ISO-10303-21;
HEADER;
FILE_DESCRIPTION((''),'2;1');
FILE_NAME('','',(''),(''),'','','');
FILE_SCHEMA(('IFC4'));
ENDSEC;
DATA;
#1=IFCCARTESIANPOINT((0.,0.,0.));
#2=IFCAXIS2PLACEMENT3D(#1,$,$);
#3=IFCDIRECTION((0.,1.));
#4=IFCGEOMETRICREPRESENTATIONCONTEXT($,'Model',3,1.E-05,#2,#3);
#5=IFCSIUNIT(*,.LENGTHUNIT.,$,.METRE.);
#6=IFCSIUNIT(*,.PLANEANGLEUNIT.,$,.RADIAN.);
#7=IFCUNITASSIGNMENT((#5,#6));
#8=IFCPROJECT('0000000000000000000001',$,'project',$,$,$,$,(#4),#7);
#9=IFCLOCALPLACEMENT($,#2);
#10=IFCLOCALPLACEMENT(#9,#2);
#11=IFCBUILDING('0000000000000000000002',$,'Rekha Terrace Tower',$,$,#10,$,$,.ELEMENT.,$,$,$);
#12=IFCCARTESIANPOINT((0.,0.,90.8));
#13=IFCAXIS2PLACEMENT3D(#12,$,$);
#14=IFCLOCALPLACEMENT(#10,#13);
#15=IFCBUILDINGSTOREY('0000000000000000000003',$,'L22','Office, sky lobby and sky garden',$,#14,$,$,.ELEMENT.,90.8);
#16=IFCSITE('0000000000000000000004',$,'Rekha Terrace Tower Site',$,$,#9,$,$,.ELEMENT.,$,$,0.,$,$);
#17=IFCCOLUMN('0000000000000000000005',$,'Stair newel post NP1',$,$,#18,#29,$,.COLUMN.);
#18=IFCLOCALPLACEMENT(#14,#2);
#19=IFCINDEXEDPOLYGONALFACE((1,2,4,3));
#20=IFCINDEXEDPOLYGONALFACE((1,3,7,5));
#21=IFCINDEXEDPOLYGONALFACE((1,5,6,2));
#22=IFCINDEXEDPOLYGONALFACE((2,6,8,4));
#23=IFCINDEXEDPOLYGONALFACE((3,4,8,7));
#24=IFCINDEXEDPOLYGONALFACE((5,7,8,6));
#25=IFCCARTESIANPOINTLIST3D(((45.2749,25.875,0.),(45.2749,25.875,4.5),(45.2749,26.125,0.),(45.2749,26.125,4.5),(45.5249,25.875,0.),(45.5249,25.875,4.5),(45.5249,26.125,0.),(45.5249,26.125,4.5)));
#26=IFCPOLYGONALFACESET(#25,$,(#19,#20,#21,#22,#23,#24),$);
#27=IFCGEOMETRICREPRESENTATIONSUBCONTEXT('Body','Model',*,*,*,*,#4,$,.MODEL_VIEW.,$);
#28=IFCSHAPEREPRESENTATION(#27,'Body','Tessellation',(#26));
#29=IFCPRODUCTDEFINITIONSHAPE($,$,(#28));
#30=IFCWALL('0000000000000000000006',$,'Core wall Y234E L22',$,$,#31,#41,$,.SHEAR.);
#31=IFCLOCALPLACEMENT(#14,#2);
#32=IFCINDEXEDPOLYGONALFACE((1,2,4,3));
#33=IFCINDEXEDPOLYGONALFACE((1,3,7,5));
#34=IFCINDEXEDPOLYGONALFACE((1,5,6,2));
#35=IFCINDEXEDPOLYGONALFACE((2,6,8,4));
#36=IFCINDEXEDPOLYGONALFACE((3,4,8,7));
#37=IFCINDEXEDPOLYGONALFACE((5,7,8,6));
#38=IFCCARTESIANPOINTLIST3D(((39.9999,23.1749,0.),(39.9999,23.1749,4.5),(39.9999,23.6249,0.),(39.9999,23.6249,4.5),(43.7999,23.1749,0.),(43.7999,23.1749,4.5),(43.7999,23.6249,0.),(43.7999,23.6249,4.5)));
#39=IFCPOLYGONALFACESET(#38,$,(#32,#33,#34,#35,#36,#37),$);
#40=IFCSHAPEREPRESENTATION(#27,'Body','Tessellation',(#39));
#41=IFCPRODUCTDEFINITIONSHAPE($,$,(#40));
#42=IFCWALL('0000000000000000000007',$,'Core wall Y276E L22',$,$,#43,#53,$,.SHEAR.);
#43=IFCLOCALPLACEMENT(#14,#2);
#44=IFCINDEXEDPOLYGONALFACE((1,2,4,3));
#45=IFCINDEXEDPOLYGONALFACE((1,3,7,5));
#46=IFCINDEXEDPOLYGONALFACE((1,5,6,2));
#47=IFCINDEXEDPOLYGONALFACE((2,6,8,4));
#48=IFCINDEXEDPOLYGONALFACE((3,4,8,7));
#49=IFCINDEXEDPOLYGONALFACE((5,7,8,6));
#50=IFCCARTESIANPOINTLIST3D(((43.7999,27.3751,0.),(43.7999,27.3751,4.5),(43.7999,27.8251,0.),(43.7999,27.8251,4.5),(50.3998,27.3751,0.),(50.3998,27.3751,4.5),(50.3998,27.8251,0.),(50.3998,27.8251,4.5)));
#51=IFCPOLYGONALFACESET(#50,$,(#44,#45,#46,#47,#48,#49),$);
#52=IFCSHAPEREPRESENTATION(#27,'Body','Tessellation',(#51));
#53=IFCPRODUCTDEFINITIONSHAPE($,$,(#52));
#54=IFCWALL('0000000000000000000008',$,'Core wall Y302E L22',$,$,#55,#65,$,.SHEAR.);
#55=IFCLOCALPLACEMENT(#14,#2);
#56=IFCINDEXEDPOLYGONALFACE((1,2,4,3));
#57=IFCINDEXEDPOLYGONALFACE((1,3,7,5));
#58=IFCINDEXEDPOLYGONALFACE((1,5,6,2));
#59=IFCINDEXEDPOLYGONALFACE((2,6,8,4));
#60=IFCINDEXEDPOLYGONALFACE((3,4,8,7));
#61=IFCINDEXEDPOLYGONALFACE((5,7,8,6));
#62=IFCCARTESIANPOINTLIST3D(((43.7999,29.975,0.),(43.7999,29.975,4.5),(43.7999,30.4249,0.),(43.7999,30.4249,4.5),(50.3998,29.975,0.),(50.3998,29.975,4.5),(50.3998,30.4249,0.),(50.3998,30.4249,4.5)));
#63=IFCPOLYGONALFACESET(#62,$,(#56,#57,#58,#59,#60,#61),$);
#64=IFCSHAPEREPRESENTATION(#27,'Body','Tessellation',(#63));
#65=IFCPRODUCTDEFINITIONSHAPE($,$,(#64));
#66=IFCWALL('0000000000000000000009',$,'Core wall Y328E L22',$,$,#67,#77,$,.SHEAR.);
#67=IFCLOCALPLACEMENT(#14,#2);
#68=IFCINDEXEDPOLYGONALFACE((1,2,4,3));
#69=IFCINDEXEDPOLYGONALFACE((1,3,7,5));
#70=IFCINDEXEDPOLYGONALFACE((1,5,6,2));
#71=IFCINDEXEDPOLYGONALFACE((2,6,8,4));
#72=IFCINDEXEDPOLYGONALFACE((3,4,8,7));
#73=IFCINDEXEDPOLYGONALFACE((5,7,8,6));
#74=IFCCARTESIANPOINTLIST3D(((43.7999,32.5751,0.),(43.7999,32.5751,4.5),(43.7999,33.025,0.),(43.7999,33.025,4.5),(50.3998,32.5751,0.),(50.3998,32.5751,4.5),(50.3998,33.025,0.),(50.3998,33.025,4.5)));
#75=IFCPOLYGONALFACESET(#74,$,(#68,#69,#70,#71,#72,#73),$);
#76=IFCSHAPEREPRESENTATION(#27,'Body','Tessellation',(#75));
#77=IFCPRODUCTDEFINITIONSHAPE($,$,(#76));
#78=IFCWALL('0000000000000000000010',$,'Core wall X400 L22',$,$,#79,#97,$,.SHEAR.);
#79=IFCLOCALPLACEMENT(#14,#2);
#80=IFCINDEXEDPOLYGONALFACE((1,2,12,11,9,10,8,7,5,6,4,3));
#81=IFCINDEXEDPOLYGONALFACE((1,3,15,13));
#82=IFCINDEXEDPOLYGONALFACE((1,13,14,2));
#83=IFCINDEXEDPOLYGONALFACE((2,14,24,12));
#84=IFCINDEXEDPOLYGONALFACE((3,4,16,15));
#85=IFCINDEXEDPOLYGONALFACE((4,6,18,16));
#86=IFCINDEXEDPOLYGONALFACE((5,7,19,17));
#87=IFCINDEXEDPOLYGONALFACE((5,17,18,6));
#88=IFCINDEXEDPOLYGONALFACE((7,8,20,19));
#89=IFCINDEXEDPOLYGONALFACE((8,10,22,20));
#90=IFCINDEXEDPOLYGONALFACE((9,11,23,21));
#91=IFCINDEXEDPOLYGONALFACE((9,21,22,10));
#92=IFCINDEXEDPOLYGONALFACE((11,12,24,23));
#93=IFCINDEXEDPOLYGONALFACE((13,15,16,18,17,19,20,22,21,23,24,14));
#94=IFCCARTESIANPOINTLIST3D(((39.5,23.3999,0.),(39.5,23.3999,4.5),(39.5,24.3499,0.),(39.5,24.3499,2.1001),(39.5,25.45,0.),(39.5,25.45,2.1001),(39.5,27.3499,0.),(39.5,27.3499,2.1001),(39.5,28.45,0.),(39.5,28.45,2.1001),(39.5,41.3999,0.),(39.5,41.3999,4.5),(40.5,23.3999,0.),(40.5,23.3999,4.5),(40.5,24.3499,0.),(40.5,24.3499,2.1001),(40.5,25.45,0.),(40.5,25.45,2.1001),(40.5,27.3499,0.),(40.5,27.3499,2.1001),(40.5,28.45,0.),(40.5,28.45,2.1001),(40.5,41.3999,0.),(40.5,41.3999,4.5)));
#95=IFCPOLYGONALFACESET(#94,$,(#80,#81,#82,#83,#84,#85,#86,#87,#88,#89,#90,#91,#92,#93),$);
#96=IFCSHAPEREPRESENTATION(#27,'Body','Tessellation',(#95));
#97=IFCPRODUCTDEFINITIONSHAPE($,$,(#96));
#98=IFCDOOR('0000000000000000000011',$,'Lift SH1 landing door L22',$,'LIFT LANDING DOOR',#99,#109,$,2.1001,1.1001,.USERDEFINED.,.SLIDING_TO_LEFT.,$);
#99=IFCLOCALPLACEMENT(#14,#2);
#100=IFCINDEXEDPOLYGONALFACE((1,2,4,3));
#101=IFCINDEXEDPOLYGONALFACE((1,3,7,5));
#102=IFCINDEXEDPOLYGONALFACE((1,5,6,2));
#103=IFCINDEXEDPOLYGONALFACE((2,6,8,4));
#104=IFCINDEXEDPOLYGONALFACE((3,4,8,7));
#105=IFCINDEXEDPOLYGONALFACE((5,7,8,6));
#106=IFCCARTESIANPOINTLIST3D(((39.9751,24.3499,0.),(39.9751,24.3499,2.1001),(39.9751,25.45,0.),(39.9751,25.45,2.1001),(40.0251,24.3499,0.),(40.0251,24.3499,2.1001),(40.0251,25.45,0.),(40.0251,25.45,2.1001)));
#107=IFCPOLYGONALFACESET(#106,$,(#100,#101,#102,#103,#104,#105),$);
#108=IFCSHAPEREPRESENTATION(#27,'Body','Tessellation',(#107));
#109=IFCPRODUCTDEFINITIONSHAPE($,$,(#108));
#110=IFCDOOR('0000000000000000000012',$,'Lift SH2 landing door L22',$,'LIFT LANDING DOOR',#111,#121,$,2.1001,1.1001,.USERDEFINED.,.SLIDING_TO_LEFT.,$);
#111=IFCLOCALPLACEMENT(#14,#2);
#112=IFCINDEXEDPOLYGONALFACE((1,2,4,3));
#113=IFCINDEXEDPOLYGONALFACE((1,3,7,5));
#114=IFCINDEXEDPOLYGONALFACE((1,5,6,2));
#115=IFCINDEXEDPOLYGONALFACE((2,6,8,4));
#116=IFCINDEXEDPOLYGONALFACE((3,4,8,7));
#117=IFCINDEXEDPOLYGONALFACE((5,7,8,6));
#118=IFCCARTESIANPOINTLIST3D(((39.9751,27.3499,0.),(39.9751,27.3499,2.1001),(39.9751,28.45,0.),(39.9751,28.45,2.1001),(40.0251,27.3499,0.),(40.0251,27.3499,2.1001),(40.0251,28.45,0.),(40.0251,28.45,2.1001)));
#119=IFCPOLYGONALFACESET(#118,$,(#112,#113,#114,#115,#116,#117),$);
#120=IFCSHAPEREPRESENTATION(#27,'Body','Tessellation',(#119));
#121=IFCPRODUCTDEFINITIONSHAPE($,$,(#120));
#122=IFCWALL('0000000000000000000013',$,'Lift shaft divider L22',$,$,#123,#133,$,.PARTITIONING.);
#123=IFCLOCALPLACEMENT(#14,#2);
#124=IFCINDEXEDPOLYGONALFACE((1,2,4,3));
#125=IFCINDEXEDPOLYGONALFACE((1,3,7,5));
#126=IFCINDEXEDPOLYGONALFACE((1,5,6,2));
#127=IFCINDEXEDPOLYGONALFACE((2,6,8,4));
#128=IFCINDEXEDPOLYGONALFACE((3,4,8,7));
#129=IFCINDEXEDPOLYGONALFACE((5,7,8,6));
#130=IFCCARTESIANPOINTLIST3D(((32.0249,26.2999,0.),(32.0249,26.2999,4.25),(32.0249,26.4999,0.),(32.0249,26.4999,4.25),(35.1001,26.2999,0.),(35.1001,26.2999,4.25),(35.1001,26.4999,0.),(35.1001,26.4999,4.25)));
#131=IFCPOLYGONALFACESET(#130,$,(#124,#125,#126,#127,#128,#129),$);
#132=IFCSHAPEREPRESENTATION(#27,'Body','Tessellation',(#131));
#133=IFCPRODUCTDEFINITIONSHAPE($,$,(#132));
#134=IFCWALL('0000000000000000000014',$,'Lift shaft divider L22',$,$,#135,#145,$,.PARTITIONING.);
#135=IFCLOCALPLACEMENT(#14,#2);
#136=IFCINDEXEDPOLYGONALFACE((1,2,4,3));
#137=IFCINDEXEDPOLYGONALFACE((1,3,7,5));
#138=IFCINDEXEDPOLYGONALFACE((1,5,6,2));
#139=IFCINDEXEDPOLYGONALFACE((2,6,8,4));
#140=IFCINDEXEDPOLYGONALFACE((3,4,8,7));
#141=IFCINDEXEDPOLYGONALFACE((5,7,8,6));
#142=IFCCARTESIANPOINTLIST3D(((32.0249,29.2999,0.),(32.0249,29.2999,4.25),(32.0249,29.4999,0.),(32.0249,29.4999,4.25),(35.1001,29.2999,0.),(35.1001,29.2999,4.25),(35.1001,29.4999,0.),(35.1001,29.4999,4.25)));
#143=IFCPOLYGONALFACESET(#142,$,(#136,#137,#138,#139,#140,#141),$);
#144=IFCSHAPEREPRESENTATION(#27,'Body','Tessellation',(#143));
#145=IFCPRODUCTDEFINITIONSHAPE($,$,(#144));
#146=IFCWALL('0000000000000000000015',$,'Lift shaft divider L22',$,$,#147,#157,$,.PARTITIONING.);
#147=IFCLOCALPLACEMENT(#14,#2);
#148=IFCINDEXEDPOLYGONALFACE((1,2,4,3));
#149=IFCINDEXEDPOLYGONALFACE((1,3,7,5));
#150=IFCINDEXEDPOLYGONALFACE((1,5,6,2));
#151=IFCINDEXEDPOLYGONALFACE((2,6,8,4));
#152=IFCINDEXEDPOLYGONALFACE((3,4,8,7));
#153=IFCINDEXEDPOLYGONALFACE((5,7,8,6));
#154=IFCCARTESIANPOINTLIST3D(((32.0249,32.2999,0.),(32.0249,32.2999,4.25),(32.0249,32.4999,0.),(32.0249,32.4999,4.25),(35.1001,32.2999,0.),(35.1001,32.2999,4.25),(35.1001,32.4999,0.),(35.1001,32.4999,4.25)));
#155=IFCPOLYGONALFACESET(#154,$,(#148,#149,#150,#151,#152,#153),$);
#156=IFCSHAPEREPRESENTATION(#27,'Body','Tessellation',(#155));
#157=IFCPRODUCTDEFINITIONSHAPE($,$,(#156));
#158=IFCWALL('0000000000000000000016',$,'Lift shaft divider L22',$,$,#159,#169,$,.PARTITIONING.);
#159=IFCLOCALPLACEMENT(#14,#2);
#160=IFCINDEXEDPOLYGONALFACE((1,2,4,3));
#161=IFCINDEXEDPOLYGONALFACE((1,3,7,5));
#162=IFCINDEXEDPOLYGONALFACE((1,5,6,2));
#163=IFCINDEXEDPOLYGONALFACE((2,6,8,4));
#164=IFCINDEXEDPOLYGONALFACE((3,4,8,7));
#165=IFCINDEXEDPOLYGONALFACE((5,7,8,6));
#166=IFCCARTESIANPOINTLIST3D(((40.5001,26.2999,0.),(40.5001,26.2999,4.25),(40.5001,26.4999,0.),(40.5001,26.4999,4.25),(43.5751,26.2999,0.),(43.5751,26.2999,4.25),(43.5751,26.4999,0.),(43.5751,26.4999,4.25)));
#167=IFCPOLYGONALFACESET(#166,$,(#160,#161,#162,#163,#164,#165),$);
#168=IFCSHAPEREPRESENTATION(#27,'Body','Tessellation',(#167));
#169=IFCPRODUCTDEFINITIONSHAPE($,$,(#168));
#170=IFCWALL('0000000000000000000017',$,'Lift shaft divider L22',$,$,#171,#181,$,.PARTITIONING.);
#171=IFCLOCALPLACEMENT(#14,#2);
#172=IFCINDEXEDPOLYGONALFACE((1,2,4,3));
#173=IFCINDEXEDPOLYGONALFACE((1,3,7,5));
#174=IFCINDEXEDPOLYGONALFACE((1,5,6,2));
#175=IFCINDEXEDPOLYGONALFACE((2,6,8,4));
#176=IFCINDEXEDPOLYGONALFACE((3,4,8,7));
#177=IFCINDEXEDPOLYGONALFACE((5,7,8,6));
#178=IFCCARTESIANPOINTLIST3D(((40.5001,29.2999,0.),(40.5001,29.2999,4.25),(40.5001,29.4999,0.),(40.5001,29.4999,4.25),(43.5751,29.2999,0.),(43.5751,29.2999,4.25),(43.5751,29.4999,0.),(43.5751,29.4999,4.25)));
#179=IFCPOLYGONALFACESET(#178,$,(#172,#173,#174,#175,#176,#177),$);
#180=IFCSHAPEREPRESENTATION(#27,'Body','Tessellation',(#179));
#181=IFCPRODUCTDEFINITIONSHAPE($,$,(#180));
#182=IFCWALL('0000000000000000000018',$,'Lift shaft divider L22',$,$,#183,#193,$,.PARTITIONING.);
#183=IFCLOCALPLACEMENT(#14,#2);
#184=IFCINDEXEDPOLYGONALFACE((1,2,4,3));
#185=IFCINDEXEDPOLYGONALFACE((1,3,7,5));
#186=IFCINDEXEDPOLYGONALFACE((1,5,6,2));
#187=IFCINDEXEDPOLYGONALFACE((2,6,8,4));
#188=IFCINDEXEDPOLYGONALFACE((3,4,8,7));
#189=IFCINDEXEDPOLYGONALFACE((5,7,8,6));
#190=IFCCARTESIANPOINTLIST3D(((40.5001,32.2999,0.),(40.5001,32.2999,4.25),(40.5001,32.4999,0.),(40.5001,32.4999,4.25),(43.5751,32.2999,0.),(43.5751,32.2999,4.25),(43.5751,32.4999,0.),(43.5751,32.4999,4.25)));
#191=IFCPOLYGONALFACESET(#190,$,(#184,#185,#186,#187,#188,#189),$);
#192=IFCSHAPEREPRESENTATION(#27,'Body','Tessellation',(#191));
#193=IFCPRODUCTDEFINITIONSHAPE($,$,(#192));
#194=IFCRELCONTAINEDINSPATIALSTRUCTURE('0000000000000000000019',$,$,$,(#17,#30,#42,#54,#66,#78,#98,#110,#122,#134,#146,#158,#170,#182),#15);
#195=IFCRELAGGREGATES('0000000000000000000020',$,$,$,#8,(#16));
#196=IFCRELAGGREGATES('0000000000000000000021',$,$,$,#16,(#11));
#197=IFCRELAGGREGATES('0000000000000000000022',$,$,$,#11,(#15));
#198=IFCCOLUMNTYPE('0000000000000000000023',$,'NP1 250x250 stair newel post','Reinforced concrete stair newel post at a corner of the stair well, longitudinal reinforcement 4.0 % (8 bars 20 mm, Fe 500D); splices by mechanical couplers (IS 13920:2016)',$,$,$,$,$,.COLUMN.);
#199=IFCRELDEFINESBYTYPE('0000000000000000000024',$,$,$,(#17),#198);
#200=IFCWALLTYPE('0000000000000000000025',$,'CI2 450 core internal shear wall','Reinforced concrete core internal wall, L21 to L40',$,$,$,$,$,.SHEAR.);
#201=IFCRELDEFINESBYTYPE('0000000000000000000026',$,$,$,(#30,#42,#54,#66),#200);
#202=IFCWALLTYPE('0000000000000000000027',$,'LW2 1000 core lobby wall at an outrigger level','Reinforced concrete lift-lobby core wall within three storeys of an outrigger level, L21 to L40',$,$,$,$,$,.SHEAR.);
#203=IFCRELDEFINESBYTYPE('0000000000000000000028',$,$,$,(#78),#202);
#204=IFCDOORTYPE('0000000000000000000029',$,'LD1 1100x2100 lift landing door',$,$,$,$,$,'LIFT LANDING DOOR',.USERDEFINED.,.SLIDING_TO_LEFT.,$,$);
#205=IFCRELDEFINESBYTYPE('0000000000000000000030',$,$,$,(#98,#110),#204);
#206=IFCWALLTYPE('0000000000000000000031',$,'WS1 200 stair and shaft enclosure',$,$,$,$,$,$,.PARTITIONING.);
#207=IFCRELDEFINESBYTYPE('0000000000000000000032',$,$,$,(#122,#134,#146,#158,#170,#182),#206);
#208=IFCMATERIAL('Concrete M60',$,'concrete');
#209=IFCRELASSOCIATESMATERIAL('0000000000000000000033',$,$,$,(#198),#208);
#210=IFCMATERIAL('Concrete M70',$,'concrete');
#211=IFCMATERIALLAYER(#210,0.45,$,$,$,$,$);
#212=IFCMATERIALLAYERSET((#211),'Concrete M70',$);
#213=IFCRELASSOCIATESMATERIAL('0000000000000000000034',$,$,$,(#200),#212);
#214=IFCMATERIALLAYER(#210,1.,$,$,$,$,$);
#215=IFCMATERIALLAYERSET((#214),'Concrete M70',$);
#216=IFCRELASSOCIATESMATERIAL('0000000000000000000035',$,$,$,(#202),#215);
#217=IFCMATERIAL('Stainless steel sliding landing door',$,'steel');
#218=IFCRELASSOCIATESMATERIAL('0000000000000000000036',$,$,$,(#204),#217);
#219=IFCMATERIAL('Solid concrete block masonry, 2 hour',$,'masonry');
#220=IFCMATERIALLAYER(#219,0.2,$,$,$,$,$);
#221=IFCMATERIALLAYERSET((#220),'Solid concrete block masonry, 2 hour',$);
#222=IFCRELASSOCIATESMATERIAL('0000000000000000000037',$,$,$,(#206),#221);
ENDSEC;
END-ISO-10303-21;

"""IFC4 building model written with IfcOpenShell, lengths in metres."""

from ifc_helpers import new_model, si_unit, direction, frame, frame_2d, origin, origin_2d, place, context, subcontext, project, spatial, rectangle, extrude, material, layer, layer_set, material_profile, profile_set, type_object, element, fill, save


model = new_model("IFC4")

# Units and contexts
model_context = context("Model", 3, precision=1e-05, world=origin(), true_north=direction((0.0, 1.0)))
body_context = subcontext(model_context, "Body", "Model", "MODEL_VIEW")
ifc_project = project(units=[si_unit("LENGTHUNIT", "METRE"), si_unit("PLANEANGLEUNIT", "RADIAN")], contexts=[model_context])

# Site, building, storey
site_placement = place(None, origin())
site = spatial("IfcSite", under=ifc_project, at=site_placement, Name="Rekha Terrace Tower Site", CompositionType="ELEMENT", RefElevation=0.0)
building_placement = place(site_placement, origin())
building = spatial("IfcBuilding", under=site, at=building_placement, Name="Rekha Terrace Tower", CompositionType="ELEMENT")
storey_placement = place(building_placement, frame((0.0, 0.0, 90.8)))
storey = spatial("IfcBuildingStorey", under=building, at=storey_placement, Name="L22", Description="Office, sky lobby and sky garden", CompositionType="ELEMENT", Elevation=90.8)

# Column
ifc_material_1 = material(Name="Concrete M60", Category="concrete")
ifc_material_profile = material_profile(ifc_material_1, rectangle(XDim=0.25, YDim=0.25, at=origin_2d()), Name="RC 250x250")
ifc_profile_set = profile_set([ifc_material_profile], Name="Concrete M60")
column_type = type_object("IfcColumnType", Name="NP1 250x250 stair newel post", Description="Reinforced concrete stair newel post at a corner of the stair well, longitudinal reinforcement 4.0 % (8 bars 20 mm, Fe 500D); splices by mechanical couplers (IS 13920:2016)", PredefinedType="COLUMN", material=ifc_profile_set)
column_placement = place(storey_placement, frame((45.3999, 26.0, 0.0), z_axis=(0.0, 0.0, 1.0), x_axis=(1.0, 0.0, 0.0)))
element("IfcColumn", 1, at=column_placement, inside=storey, type_object=column_type, Name="Stair newel post NP1", PredefinedType="COLUMN", context=body_context, shape_type="SweptSolid", body=[
    extrude(rectangle(XDim=0.25, YDim=0.25, at=origin_2d()), origin(), (0.0, 0.0, 1.0), 4.5),
])

# Walls
ifc_material_2 = material(Name="Concrete M70", Category="concrete")
ifc_layer_1 = layer(ifc_material_2, 0.45)
ifc_layer_set_1 = layer_set([ifc_layer_1], Name="Concrete M70")
wall_type_1 = type_object("IfcWallType", Name="CI2 450 core internal shear wall", Description="Reinforced concrete core internal wall, L21 to L40", PredefinedType="SHEAR", material=ifc_layer_set_1)
wall_1_placement = place(storey_placement, frame((40.0, 23.3999, 0.0), z_axis=(0.0, 0.0, 1.0), x_axis=(1.0, 0.0, 0.0)))
element("IfcWall", 2, at=wall_1_placement, inside=storey, type_object=wall_type_1, Name="Core wall Y234E L22", PredefinedType="SHEAR", context=body_context, shape_type="SweptSolid", body=[
    extrude(rectangle(XDim=3.8, YDim=0.45, at=frame_2d((1.8999, 0.0))), origin(), (0.0, 0.0, 1.0), 4.5),
])
for number, where, z_axis, x_axis, name in (
    (3, (43.8, 27.6001, 0.0), (0.0, 0.0, 1.0), (1.0, 0.0, 0.0), "Core wall Y276E L22"),
    (4, (43.8, 30.2, 0.0), (0.0, 0.0, 1.0), (1.0, 0.0, 0.0), "Core wall Y302E L22"),
    (5, (43.8, 32.8, 0.0), (0.0, 0.0, 1.0), (1.0, 0.0, 0.0), "Core wall Y328E L22"),
):
    element("IfcWall", number, at=place(storey_placement, frame(where, z_axis=z_axis, x_axis=x_axis)), inside=storey, type_object=wall_type_1, Name=name, PredefinedType="SHEAR", context=body_context, shape_type="SweptSolid", body=[
        extrude(rectangle(XDim=6.5999, YDim=0.45, at=frame_2d((3.2998, 0.0))), origin(), (0.0, 0.0, 1.0), 4.5),
    ])

# Wall, openings, doors
ifc_layer_2 = layer(ifc_material_2, 1.0)
ifc_layer_set_2 = layer_set([ifc_layer_2], Name="Concrete M70")
wall_type_2 = type_object("IfcWallType", Name="LW2 1000 core lobby wall at an outrigger level", Description="Reinforced concrete lift-lobby core wall within three storeys of an outrigger level, L21 to L40", PredefinedType="SHEAR", material=ifc_layer_set_2)
wall_2_placement = place(storey_placement, frame((40.0, 23.3999, 0.0), z_axis=(0.0, 0.0, 1.0), x_axis=(0.0, 1.0, 0.0)))
wall_2 = element("IfcWall", 6, at=wall_2_placement, inside=storey, type_object=wall_type_2, Name="Core wall X400 L22", PredefinedType="SHEAR", context=body_context, shape_type="SweptSolid", body=[
    extrude(rectangle(XDim=18.0, YDim=1.0, at=frame_2d((9.0, 0.0))), origin(), (0.0, 0.0, 1.0), 4.5),
])
opening_1_placement = place(wall_2_placement, frame((0.95, 0.0, 0.0)))
opening_1 = element("IfcOpeningElement", 7, at=opening_1_placement, cuts=wall_2, PredefinedType="OPENING", context=body_context, shape_type="SweptSolid", body=[
    extrude(rectangle(XDim=1.1001, YDim=2.1001, at=frame_2d((0.55, 1.05))), frame((0.0, 0.51, 0.0), z_axis=(0.0, -1.0, 0.0), x_axis=(1.0, 0.0, 0.0)), (0.0, 0.0, 1.0), 1.02),
])
opening_2_placement = place(wall_2_placement, frame((3.95, 0.0, 0.0)))
opening_2 = element("IfcOpeningElement", 8, at=opening_2_placement, cuts=wall_2, PredefinedType="OPENING", context=body_context, shape_type="SweptSolid", body=[
    extrude(rectangle(XDim=1.1001, YDim=2.1001, at=frame_2d((0.55, 1.05))), frame((0.0, 0.51, 0.0), z_axis=(0.0, -1.0, 0.0), x_axis=(1.0, 0.0, 0.0)), (0.0, 0.0, 1.0), 1.02),
])
ifc_material_3 = material(Name="Stainless steel sliding landing door", Category="steel")
door_type = type_object("IfcDoorType", Name="LD1 1100x2100 lift landing door", ElementType="LIFT LANDING DOOR", OperationType="SLIDING_TO_LEFT", PredefinedType="USERDEFINED", material=ifc_material_3)
door_1_placement = place(opening_1_placement, origin())
door_1 = element("IfcDoor", 9, at=door_1_placement, inside=storey, type_object=door_type, Name="Lift SH1 landing door L22", ObjectType="LIFT LANDING DOOR", OperationType="SLIDING_TO_LEFT", OverallHeight=2.1001, OverallWidth=1.1001, PredefinedType="USERDEFINED", context=body_context, shape_type="SweptSolid", body=[
    extrude(rectangle(XDim=1.1001, YDim=2.1001, at=frame_2d((0.55, 1.05))), frame((0.0, 0.0249, 0.0), z_axis=(0.0, -1.0, 0.0), x_axis=(1.0, 0.0, 0.0)), (0.0, 0.0, 1.0), 0.05),
])
fill(opening_1, door_1)
door_2_placement = place(opening_2_placement, origin())
door_2 = element("IfcDoor", 10, at=door_2_placement, inside=storey, type_object=door_type, Name="Lift SH2 landing door L22", ObjectType="LIFT LANDING DOOR", OperationType="SLIDING_TO_LEFT", OverallHeight=2.1001, OverallWidth=1.1001, PredefinedType="USERDEFINED", context=body_context, shape_type="SweptSolid", body=[
    extrude(rectangle(XDim=1.1001, YDim=2.1001, at=frame_2d((0.55, 1.05))), frame((0.0, 0.0249, 0.0), z_axis=(0.0, -1.0, 0.0), x_axis=(1.0, 0.0, 0.0)), (0.0, 0.0, 1.0), 0.05),
])
fill(opening_2, door_2)

# Walls
ifc_material_4 = material(Name="Solid concrete block masonry, 2 hour", Category="masonry")
ifc_layer_3 = layer(ifc_material_4, 0.2)
ifc_layer_set_3 = layer_set([ifc_layer_3], Name="Solid concrete block masonry, 2 hour")
wall_type_3 = type_object("IfcWallType", Name="WS1 200 stair and shaft enclosure", PredefinedType="PARTITIONING", material=ifc_layer_set_3)
for number, where, z_axis, x_axis, name in (
    (11, (32.0249, 26.3999, 0.0), (0.0, 0.0, 1.0), (1.0, 0.0, 0.0), "Lift shaft divider L22"),
    (12, (32.0249, 29.3999, 0.0), (0.0, 0.0, 1.0), (1.0, 0.0, 0.0), "Lift shaft divider L22"),
    (13, (32.0249, 32.3999, 0.0), (0.0, 0.0, 1.0), (1.0, 0.0, 0.0), "Lift shaft divider L22"),
):
    element("IfcWall", number, at=place(storey_placement, frame(where, z_axis=z_axis, x_axis=x_axis)), inside=storey, type_object=wall_type_3, Name=name, PredefinedType="PARTITIONING", context=body_context, shape_type="SweptSolid", body=[
        extrude(rectangle(XDim=3.0752, YDim=0.2, at=frame_2d((1.5376, 0.0))), origin(), (0.0, 0.0, 1.0), 4.25),
    ])
for number, where, z_axis, x_axis, name in (
    (14, (40.5, 26.3999, 0.0), (0.0, 0.0, 1.0), (1.0, 0.0, 0.0), "Lift shaft divider L22"),
    (15, (40.5, 29.3999, 0.0), (0.0, 0.0, 1.0), (1.0, 0.0, 0.0), "Lift shaft divider L22"),
    (16, (40.5, 32.3999, 0.0), (0.0, 0.0, 1.0), (1.0, 0.0, 0.0), "Lift shaft divider L22"),
):
    element("IfcWall", number, at=place(storey_placement, frame(where, z_axis=z_axis, x_axis=x_axis)), inside=storey, type_object=wall_type_3, Name=name, PredefinedType="PARTITIONING", context=body_context, shape_type="SweptSolid", body=[
        extrude(rectangle(XDim=3.075, YDim=0.2, at=frame_2d((1.5376, 0.0))), origin(), (0.0, 0.0, 1.0), 4.25),
    ])

save(model, "model.ifc")
